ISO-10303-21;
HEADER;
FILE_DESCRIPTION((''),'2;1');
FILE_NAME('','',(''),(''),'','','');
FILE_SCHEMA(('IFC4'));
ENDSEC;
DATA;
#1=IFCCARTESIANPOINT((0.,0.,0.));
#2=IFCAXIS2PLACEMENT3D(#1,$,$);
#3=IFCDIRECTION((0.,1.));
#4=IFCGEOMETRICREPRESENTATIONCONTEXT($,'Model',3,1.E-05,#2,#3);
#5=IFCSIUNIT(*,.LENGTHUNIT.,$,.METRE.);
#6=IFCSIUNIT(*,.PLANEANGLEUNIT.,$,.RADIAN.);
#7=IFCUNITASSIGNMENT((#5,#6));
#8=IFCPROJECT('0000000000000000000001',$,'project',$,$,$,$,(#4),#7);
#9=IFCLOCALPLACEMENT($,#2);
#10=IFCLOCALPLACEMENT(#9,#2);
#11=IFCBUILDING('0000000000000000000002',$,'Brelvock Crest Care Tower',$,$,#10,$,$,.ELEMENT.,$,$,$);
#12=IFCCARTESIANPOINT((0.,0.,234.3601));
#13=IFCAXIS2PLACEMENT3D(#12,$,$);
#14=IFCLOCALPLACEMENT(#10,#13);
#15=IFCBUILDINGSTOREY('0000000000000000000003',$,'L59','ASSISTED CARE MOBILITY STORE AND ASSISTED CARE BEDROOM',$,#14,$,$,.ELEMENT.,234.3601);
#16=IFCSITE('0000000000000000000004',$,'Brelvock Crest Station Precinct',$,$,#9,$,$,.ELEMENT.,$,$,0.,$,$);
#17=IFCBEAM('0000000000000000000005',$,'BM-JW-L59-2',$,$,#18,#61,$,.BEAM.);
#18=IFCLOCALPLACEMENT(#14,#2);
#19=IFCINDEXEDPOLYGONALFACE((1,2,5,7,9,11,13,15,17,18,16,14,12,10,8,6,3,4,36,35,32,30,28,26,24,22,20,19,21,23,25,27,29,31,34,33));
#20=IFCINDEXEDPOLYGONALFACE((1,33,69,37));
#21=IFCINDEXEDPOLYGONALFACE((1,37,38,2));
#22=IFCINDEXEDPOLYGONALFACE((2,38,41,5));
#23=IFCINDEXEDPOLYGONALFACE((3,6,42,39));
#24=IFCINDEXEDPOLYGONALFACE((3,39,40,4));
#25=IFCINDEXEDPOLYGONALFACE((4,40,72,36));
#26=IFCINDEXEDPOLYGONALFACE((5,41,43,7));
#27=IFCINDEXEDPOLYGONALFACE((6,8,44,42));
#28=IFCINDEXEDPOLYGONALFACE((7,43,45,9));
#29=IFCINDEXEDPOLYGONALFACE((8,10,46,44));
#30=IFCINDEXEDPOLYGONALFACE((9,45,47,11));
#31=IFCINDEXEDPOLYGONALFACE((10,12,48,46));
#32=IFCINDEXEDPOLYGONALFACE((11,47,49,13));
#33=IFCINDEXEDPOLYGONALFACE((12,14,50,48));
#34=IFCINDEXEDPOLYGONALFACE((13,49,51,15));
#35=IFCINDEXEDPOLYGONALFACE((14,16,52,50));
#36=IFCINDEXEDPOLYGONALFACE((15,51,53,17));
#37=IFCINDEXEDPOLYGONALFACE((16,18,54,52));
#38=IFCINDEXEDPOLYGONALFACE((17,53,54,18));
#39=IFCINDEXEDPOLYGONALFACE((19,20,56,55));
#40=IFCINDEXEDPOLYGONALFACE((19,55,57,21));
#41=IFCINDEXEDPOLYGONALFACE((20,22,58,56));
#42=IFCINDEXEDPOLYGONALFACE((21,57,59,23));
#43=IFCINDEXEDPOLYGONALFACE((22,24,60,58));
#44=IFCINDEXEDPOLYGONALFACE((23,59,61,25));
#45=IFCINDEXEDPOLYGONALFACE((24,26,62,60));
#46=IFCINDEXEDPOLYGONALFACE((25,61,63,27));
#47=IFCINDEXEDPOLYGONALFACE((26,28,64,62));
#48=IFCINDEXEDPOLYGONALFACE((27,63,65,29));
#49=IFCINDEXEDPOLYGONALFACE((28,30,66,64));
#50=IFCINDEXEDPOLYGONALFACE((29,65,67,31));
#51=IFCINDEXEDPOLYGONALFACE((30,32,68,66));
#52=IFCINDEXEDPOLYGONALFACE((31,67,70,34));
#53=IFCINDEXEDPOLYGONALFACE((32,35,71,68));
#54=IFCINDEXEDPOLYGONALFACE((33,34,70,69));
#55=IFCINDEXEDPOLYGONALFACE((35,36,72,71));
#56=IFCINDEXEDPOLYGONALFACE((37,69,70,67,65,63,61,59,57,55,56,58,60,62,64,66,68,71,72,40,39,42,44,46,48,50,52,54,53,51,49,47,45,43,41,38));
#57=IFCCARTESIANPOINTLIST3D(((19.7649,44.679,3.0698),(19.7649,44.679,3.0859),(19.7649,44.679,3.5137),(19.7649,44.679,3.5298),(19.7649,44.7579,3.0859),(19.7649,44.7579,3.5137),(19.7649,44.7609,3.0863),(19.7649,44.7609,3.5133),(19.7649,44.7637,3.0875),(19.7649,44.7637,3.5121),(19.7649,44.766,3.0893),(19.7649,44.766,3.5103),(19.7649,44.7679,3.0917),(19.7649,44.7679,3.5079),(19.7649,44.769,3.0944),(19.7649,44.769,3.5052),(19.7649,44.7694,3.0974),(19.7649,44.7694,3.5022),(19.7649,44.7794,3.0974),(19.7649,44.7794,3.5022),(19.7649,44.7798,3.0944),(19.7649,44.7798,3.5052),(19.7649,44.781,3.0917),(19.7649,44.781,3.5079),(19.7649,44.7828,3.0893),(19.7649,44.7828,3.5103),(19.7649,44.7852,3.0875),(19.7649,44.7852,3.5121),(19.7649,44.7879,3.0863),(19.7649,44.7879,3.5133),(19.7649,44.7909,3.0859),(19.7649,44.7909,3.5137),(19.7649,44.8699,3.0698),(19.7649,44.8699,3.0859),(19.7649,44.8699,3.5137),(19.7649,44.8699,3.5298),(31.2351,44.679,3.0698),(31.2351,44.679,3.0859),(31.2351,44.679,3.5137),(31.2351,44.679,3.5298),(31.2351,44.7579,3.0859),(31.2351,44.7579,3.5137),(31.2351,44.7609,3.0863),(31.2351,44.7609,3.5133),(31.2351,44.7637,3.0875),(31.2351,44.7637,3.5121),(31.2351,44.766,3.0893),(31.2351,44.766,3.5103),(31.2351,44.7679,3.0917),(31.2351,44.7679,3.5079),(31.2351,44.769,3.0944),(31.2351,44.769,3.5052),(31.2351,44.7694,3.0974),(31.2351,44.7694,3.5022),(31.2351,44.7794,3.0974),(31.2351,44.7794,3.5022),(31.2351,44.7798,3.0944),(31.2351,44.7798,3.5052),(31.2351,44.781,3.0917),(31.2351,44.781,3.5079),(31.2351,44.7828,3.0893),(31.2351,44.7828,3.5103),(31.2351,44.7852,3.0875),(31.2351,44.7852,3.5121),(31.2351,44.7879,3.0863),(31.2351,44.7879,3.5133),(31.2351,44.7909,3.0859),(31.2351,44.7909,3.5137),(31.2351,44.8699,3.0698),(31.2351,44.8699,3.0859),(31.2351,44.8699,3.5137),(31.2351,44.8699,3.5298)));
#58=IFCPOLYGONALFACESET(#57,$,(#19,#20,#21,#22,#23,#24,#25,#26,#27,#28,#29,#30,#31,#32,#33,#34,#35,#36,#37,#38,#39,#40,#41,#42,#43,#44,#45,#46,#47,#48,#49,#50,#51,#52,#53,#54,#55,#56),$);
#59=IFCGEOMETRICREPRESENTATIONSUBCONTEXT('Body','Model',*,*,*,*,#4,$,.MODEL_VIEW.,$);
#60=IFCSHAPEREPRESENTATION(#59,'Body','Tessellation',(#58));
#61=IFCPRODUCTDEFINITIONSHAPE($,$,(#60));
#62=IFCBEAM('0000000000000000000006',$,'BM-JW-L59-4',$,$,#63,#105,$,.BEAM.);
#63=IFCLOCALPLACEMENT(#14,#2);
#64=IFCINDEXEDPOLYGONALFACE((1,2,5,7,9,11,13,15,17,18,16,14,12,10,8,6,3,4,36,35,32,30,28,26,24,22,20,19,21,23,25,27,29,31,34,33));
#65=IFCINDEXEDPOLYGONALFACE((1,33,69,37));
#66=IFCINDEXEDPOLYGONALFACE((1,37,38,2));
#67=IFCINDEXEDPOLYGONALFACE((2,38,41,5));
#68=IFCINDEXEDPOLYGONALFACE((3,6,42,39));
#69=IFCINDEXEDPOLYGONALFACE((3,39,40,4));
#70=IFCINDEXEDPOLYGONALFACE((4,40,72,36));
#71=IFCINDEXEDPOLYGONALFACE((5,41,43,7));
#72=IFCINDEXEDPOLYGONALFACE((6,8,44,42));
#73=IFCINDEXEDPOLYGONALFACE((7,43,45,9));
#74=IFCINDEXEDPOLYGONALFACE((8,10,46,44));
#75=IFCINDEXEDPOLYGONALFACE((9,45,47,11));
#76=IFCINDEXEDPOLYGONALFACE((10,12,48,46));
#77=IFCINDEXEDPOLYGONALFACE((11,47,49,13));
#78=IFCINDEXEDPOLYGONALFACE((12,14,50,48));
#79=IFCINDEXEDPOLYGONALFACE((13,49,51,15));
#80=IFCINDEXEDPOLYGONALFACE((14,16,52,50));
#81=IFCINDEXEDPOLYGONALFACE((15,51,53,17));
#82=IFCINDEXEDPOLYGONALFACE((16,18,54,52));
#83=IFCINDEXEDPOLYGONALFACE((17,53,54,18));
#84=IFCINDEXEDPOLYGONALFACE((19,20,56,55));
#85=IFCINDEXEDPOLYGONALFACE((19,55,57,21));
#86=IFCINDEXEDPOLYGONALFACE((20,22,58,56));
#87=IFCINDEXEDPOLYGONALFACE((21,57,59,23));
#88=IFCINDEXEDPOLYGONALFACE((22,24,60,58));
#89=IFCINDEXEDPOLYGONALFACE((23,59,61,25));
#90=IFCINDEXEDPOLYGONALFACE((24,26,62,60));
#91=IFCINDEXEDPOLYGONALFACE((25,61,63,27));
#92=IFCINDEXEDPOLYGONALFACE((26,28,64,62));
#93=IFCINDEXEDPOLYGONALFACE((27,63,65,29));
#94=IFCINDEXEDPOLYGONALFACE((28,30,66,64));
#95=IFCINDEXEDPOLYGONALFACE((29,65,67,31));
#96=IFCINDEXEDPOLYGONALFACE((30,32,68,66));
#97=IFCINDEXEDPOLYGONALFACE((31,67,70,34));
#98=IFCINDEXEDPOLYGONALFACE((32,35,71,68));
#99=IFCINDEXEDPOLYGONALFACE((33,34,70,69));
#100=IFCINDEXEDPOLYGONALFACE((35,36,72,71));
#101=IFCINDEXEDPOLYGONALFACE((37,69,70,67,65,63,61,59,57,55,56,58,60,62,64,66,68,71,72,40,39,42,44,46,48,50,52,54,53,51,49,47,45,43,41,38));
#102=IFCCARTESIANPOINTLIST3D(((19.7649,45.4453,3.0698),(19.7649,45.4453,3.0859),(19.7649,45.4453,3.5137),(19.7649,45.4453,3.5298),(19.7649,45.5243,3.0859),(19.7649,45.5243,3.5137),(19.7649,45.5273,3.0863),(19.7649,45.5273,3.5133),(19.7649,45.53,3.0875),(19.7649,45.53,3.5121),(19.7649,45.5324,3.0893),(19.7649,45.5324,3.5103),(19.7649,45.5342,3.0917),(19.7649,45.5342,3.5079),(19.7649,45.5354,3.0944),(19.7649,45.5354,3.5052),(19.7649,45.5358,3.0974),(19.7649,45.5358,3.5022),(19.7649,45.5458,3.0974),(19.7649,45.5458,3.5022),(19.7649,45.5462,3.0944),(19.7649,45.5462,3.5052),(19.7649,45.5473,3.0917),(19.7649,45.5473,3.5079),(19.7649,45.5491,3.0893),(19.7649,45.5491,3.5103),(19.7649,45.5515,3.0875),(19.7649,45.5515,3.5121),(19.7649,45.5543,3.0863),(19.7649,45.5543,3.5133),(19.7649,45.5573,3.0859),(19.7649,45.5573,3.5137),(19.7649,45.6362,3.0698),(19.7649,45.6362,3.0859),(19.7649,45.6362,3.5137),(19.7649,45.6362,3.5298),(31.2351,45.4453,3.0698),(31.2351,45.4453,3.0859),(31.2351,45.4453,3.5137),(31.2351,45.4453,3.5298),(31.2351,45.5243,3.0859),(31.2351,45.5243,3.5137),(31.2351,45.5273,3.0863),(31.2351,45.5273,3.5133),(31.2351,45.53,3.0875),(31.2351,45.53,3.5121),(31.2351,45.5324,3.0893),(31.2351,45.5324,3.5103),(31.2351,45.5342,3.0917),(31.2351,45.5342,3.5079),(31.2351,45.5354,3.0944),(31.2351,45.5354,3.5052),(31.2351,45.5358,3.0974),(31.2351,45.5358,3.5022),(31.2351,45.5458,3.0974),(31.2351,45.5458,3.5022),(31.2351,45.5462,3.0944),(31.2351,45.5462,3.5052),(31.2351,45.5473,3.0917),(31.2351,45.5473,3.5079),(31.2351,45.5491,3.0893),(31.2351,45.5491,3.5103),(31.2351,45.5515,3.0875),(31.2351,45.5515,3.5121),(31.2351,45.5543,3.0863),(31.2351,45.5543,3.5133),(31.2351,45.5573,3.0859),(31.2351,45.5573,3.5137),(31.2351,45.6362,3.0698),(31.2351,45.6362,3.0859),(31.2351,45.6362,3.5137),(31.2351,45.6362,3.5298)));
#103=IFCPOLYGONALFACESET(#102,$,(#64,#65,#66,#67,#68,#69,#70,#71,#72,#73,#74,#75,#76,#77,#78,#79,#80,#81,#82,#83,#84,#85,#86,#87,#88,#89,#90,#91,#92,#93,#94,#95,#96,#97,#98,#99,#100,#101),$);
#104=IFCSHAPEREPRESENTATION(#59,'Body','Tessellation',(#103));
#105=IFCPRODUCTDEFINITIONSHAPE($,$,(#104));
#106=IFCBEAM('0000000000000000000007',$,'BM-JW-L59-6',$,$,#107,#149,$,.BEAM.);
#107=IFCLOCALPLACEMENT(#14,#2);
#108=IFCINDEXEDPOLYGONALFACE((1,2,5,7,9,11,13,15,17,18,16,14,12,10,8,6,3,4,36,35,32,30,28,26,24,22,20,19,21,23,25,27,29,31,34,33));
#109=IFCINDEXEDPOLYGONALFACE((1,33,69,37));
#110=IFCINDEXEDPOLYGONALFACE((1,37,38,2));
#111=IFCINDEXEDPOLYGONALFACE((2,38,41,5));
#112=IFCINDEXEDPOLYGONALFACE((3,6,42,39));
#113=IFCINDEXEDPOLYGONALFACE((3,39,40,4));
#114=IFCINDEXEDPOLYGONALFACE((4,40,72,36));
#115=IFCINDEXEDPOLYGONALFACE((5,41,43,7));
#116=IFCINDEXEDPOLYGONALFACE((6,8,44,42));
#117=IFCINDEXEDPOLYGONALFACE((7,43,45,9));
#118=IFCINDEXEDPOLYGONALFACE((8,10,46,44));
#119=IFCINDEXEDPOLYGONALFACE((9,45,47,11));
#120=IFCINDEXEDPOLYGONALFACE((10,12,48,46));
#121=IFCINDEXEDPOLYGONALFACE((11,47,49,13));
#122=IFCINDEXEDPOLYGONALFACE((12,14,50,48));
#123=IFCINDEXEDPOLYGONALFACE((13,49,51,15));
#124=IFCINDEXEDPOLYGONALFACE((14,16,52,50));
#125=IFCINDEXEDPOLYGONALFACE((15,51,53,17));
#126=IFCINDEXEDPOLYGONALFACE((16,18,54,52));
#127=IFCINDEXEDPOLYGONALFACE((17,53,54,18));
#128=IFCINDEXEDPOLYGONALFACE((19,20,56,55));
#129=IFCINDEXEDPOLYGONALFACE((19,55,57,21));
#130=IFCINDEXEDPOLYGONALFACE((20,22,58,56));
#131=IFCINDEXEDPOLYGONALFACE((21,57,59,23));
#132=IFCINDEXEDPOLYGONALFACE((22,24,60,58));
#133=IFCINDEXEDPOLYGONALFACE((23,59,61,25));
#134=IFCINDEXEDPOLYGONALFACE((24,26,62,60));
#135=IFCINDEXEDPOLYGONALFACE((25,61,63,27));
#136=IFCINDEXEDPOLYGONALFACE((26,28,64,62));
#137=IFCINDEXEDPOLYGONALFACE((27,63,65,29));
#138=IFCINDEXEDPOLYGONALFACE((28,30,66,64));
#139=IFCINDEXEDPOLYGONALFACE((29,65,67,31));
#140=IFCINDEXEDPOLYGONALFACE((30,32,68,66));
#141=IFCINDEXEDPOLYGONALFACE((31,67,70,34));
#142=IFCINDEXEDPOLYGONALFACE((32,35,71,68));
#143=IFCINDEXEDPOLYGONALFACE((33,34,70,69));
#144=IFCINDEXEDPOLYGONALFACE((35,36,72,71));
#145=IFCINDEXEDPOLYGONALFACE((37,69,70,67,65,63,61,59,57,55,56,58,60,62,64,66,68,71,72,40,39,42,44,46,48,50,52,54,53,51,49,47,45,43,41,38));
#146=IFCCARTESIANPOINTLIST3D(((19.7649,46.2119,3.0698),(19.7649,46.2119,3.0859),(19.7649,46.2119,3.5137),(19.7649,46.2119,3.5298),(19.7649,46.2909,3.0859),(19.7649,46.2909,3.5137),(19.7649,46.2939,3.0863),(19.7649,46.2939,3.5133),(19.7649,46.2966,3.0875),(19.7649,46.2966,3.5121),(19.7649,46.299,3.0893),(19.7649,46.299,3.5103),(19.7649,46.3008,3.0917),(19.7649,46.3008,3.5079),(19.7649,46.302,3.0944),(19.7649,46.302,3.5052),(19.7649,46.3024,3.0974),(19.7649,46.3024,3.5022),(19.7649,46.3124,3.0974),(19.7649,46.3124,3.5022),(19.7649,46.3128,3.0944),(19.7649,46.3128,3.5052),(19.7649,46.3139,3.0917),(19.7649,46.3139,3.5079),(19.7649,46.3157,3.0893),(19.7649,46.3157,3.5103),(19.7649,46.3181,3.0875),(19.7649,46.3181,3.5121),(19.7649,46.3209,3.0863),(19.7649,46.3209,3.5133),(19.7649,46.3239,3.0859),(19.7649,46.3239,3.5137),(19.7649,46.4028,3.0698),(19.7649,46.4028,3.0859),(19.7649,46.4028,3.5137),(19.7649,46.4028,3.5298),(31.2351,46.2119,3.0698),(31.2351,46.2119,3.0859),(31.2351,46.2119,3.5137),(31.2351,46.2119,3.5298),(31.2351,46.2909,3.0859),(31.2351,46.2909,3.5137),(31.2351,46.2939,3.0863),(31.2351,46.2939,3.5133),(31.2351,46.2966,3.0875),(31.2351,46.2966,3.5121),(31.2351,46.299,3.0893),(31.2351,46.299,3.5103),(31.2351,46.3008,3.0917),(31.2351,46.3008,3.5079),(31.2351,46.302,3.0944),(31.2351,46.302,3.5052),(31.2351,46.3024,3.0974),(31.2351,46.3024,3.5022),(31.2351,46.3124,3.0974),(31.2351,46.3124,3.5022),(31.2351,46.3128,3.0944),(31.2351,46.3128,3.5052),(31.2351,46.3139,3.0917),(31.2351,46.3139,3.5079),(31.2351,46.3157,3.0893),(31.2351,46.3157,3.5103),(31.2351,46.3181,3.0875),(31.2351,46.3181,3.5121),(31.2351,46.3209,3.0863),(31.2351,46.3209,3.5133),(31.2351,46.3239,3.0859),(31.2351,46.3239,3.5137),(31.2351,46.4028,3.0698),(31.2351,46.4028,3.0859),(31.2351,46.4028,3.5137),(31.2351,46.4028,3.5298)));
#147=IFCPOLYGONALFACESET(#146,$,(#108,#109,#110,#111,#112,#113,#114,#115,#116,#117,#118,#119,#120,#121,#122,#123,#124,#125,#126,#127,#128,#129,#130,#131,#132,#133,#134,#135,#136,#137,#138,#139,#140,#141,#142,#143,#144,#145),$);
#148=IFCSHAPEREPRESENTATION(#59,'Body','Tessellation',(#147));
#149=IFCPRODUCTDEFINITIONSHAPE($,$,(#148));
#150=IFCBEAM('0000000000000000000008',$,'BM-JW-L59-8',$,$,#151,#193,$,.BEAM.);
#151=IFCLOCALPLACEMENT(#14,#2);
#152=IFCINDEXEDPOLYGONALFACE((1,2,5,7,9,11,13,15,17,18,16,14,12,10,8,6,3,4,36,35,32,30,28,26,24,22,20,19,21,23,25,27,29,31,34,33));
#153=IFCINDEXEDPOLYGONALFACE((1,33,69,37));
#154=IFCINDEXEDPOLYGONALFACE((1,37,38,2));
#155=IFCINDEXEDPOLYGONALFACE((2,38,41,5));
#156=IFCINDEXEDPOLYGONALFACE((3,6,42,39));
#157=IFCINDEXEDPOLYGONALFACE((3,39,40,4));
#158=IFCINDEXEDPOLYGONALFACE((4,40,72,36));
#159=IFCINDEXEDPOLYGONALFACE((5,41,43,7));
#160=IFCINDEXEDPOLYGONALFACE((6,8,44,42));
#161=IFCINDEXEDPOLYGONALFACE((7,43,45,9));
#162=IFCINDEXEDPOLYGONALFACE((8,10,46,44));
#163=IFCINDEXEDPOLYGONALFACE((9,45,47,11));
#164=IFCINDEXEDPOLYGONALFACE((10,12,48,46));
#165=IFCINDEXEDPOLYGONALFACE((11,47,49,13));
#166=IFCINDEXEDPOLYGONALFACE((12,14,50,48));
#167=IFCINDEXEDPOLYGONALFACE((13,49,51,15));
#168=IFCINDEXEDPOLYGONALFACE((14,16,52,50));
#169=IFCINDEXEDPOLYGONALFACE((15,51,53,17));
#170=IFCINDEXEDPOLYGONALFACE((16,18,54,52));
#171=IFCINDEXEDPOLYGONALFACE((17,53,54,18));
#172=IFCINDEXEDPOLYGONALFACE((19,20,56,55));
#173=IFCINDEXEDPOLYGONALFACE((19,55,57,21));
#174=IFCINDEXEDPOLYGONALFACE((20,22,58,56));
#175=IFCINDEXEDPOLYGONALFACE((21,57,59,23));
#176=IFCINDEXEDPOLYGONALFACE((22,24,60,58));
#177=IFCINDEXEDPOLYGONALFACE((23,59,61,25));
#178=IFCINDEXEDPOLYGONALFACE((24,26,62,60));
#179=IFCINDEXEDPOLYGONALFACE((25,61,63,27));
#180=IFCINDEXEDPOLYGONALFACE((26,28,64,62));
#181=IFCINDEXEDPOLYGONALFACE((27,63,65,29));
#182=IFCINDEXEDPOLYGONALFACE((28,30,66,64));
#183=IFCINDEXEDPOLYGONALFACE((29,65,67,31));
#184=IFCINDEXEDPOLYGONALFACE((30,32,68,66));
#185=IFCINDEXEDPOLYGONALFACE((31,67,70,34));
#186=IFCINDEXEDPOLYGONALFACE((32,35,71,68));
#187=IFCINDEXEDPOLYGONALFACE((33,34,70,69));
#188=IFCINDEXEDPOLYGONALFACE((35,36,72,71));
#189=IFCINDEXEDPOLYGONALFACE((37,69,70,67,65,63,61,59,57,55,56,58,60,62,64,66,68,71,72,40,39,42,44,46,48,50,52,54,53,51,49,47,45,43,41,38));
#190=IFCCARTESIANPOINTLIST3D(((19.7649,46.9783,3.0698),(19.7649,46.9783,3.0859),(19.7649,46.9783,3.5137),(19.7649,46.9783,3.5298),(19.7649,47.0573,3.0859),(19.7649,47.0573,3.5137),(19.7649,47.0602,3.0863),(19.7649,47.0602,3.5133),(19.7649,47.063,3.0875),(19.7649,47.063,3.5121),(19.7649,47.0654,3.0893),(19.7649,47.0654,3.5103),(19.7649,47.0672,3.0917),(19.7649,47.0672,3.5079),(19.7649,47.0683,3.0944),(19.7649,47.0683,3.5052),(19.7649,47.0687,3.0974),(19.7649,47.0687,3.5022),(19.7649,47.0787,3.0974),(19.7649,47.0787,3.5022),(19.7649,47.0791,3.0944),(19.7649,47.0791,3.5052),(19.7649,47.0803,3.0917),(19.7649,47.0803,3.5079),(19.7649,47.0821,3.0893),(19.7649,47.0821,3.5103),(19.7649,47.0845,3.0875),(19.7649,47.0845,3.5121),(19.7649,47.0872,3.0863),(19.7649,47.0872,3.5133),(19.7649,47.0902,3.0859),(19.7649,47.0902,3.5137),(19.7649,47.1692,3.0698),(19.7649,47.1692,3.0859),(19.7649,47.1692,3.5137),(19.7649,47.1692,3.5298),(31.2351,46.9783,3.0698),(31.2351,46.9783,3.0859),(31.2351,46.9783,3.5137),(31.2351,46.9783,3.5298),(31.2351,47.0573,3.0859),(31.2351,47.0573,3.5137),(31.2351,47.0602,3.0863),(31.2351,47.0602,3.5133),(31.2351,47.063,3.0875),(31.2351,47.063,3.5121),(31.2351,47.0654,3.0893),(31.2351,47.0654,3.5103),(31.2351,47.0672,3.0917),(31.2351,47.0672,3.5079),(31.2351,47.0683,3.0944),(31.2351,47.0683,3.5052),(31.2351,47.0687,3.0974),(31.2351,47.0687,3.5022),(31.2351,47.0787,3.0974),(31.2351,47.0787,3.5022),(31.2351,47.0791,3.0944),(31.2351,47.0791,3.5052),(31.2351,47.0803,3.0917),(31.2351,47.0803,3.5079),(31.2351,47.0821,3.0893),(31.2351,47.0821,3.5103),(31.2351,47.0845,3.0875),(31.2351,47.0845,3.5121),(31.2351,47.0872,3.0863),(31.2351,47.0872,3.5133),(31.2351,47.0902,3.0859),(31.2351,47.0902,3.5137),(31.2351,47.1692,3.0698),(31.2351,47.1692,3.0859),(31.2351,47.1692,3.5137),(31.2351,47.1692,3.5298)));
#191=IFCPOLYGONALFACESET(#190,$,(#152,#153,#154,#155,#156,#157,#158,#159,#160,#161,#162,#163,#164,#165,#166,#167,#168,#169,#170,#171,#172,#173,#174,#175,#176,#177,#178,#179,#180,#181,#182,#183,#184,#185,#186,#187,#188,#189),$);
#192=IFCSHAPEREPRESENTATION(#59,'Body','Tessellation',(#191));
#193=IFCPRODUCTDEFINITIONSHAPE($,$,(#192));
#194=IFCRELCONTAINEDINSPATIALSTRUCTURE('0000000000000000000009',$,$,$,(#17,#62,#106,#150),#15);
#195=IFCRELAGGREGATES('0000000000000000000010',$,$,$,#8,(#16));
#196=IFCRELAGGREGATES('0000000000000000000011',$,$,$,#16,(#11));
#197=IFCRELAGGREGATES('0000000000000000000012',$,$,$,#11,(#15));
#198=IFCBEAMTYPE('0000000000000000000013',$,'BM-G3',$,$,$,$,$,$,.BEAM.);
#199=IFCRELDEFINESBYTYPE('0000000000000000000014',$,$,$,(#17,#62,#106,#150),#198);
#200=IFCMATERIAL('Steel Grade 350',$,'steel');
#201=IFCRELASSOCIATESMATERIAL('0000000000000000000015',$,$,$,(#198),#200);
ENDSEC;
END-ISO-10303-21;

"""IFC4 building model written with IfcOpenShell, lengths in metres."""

from ifc_helpers import new_model, si_unit, direction, frame, origin, origin_2d, place, context, subcontext, project, spatial, i_section, extrude, source, transform, mapped, material, material_profile, profile_set, type_object, element, save


model = new_model("IFC4")

# Units and contexts
model_context = context("Model", 3, precision=1e-05, world=origin(), true_north=direction((0.0, 1.0)))
body_context = subcontext(model_context, "Body", "Model", "MODEL_VIEW")
ifc_project = project(units=[si_unit("LENGTHUNIT", "METRE"), si_unit("PLANEANGLEUNIT", "RADIAN")], contexts=[model_context])

# Site, building, storey
site_placement = place(None, origin())
site = spatial("IfcSite", under=ifc_project, at=site_placement, Name="Brelvock Crest Station Precinct", CompositionType="ELEMENT", RefElevation=0.0)
building_placement = place(site_placement, origin())
building = spatial("IfcBuilding", under=site, at=building_placement, Name="Brelvock Crest Care Tower", CompositionType="ELEMENT")
storey_placement = place(building_placement, frame((0.0, 0.0, 234.3601)))
storey = spatial("IfcBuildingStorey", under=building, at=storey_placement, Name="L59", Description="ASSISTED CARE MOBILITY STORE AND ASSISTED CARE BEDROOM", CompositionType="ELEMENT", Elevation=234.3601)

# Beams
ifc_material_1 = material(Name="Steel Grade 350", Category="steel")
ifc_material_profile_1 = material_profile(ifc_material_1, i_section(OverallWidth=0.1909, OverallDepth=0.46, WebThickness=0.01, FlangeThickness=0.0161, FilletRadius=0.0115, at=origin_2d()), Name="460UB82.1")
ifc_profile_set_1 = profile_set([ifc_material_profile_1], Name="Steel Grade 350")
beam_type_1 = type_object("IfcBeamType", Name="BM-G3", PredefinedType="BEAM", material=ifc_profile_set_1)
shared_shape_1 = source(origin(), body_context, "Body", "SweptSolid", [
    extrude(i_section(OverallWidth=0.1909, OverallDepth=0.46, WebThickness=0.01, FlangeThickness=0.0161, FilletRadius=0.0115, at=origin_2d()), origin(), (0.0, 0.0, 1.0), 11.4702),
])
for number, where, z_axis, x_axis, name in (
    (1, (19.7649, 44.7744, 3.2998), (1.0, 0.0, 0.0), (0.0, 1.0, 0.0), "BM-JW-L59-2"),
    (2, (19.7649, 45.5408, 3.2998), (1.0, 0.0, 0.0), (0.0, 1.0, 0.0), "BM-JW-L59-4"),
    (3, (19.7649, 46.3074, 3.2998), (1.0, 0.0, 0.0), (0.0, 1.0, 0.0), "BM-JW-L59-6"),
    (4, (19.7649, 47.0737, 3.2998), (1.0, 0.0, 0.0), (0.0, 1.0, 0.0), "BM-JW-L59-8"),
):
    element("IfcBeam", number, at=place(storey_placement, frame(where, z_axis=z_axis, x_axis=x_axis)), inside=storey, type_object=beam_type_1, Name=name, PredefinedType="BEAM", context=body_context, shape_type="MappedRepresentation", body=[
        mapped(shared_shape_1, transform((0.0, 0.0, 0.0), x_axis=(1.0, 0.0, 0.0), y_axis=(0.0, 1.0, 0.0), z_axis=(0.0, 0.0, 1.0), scale=1.0)),
    ])

save(model, "model.ifc")
